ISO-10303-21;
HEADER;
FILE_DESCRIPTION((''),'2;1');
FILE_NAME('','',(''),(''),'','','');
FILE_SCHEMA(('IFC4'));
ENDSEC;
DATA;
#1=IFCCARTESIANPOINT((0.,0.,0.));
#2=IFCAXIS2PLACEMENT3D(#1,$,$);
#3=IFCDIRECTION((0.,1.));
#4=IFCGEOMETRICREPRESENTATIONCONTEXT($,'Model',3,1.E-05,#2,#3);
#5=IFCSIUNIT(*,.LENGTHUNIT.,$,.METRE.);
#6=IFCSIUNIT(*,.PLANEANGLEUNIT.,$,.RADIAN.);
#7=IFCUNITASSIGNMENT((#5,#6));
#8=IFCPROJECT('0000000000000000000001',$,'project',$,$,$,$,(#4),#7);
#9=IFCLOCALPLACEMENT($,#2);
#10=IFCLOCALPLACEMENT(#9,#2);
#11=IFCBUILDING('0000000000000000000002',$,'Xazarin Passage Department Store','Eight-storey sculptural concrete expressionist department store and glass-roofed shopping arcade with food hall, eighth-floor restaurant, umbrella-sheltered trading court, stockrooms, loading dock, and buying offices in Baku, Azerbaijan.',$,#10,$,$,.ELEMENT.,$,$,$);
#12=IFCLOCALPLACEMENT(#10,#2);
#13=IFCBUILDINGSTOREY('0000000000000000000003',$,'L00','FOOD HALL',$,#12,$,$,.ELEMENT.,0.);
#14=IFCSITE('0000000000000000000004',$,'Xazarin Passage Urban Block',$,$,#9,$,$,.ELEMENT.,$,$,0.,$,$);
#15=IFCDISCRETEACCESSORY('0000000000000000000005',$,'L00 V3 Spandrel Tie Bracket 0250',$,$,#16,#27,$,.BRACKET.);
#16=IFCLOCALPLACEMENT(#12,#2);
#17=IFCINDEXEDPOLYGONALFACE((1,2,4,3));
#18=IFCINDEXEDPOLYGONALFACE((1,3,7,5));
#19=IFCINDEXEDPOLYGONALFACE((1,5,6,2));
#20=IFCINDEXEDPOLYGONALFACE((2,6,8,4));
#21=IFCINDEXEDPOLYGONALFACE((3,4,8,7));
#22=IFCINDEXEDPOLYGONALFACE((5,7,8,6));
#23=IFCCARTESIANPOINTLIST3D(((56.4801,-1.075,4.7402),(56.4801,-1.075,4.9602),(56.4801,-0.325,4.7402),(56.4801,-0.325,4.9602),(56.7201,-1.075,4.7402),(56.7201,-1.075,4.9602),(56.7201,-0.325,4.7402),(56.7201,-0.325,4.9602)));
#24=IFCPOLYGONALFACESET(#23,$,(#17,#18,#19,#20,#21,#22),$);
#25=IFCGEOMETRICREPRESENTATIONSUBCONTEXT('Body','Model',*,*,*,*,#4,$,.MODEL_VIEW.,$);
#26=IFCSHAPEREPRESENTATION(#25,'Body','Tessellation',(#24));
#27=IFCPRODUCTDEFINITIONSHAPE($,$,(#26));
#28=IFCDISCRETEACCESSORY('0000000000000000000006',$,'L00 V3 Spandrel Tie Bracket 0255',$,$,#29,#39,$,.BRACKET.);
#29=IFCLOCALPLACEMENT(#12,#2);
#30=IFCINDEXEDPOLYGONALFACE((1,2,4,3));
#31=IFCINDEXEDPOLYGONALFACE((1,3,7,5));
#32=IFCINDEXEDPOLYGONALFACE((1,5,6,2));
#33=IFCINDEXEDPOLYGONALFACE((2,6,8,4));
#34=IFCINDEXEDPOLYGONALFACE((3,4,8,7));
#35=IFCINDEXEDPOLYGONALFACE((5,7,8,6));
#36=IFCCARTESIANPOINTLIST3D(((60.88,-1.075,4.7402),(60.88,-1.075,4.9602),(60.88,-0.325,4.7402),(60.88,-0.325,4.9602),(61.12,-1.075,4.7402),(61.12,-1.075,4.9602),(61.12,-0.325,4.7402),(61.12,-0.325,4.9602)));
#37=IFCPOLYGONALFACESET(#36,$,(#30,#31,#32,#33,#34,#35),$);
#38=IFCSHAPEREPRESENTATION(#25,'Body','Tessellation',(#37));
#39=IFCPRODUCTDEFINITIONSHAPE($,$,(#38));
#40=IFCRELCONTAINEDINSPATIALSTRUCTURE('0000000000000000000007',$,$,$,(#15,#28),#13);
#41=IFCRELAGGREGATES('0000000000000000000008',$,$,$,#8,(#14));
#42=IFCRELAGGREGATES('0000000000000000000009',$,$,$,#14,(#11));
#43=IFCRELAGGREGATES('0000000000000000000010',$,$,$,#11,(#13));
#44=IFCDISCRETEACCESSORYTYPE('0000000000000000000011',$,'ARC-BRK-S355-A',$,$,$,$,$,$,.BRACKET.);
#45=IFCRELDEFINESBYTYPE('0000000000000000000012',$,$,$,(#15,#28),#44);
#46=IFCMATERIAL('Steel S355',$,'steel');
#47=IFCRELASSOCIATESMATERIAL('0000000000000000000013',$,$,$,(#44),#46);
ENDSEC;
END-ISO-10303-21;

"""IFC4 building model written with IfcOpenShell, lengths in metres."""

from ifc_helpers import new_model, si_unit, direction, frame, origin, origin_2d, place, context, subcontext, project, spatial, rectangle, extrude, material, type_object, element, save


model = new_model("IFC4")

# Units and contexts
model_context = context("Model", 3, precision=1e-05, world=origin(), true_north=direction((0.0, 1.0)))
body_context = subcontext(model_context, "Body", "Model", "MODEL_VIEW")
ifc_project = project(units=[si_unit("LENGTHUNIT", "METRE"), si_unit("PLANEANGLEUNIT", "RADIAN")], contexts=[model_context])

# Site, building, storey
site_placement = place(None, origin())
site = spatial("IfcSite", under=ifc_project, at=site_placement, Name="Xazarin Passage Urban Block", CompositionType="ELEMENT", RefElevation=0.0)
building_placement = place(site_placement, origin())
building = spatial("IfcBuilding", under=site, at=building_placement, Name="Xazarin Passage Department Store", Description="Eight-storey sculptural concrete expressionist department store and glass-roofed shopping arcade with food hall, eighth-floor restaurant, umbrella-sheltered trading court, stockrooms, loading dock, and buying offices in Baku, Azerbaijan.", CompositionType="ELEMENT")
storey_placement = place(building_placement, origin())
storey = spatial("IfcBuildingStorey", under=building, at=storey_placement, Name="L00", Description="FOOD HALL", CompositionType="ELEMENT", Elevation=0.0)

# Shared definitions
ifc_material_1 = material(Name="Steel S355", Category="steel")

# Discrete accessories
discrete_accessory_type = type_object("IfcDiscreteAccessoryType", Name="ARC-BRK-S355-A", PredefinedType="BRACKET", material=ifc_material_1)
for number, where, z_axis, x_axis, name in (
    (1, (56.6001, -0.7, 4.7402), (0.0, 0.0, 1.0), (1.0, 0.0, 0.0), "L00 V3 Spandrel Tie Bracket 0250"),
    (2, (61.0, -0.7, 4.7402), (0.0, 0.0, 1.0), (1.0, 0.0, 0.0), "L00 V3 Spandrel Tie Bracket 0255"),
):
    element("IfcDiscreteAccessory", number, at=place(storey_placement, frame(where, z_axis=z_axis, x_axis=x_axis)), inside=storey, type_object=discrete_accessory_type, Name=name, PredefinedType="BRACKET", context=body_context, shape_type="SweptSolid", body=[
        extrude(rectangle(XDim=0.24, YDim=0.75, at=origin_2d()), origin(), (0.0, 0.0, 1.0), 0.22),
    ])

save(model, "model.ifc")
